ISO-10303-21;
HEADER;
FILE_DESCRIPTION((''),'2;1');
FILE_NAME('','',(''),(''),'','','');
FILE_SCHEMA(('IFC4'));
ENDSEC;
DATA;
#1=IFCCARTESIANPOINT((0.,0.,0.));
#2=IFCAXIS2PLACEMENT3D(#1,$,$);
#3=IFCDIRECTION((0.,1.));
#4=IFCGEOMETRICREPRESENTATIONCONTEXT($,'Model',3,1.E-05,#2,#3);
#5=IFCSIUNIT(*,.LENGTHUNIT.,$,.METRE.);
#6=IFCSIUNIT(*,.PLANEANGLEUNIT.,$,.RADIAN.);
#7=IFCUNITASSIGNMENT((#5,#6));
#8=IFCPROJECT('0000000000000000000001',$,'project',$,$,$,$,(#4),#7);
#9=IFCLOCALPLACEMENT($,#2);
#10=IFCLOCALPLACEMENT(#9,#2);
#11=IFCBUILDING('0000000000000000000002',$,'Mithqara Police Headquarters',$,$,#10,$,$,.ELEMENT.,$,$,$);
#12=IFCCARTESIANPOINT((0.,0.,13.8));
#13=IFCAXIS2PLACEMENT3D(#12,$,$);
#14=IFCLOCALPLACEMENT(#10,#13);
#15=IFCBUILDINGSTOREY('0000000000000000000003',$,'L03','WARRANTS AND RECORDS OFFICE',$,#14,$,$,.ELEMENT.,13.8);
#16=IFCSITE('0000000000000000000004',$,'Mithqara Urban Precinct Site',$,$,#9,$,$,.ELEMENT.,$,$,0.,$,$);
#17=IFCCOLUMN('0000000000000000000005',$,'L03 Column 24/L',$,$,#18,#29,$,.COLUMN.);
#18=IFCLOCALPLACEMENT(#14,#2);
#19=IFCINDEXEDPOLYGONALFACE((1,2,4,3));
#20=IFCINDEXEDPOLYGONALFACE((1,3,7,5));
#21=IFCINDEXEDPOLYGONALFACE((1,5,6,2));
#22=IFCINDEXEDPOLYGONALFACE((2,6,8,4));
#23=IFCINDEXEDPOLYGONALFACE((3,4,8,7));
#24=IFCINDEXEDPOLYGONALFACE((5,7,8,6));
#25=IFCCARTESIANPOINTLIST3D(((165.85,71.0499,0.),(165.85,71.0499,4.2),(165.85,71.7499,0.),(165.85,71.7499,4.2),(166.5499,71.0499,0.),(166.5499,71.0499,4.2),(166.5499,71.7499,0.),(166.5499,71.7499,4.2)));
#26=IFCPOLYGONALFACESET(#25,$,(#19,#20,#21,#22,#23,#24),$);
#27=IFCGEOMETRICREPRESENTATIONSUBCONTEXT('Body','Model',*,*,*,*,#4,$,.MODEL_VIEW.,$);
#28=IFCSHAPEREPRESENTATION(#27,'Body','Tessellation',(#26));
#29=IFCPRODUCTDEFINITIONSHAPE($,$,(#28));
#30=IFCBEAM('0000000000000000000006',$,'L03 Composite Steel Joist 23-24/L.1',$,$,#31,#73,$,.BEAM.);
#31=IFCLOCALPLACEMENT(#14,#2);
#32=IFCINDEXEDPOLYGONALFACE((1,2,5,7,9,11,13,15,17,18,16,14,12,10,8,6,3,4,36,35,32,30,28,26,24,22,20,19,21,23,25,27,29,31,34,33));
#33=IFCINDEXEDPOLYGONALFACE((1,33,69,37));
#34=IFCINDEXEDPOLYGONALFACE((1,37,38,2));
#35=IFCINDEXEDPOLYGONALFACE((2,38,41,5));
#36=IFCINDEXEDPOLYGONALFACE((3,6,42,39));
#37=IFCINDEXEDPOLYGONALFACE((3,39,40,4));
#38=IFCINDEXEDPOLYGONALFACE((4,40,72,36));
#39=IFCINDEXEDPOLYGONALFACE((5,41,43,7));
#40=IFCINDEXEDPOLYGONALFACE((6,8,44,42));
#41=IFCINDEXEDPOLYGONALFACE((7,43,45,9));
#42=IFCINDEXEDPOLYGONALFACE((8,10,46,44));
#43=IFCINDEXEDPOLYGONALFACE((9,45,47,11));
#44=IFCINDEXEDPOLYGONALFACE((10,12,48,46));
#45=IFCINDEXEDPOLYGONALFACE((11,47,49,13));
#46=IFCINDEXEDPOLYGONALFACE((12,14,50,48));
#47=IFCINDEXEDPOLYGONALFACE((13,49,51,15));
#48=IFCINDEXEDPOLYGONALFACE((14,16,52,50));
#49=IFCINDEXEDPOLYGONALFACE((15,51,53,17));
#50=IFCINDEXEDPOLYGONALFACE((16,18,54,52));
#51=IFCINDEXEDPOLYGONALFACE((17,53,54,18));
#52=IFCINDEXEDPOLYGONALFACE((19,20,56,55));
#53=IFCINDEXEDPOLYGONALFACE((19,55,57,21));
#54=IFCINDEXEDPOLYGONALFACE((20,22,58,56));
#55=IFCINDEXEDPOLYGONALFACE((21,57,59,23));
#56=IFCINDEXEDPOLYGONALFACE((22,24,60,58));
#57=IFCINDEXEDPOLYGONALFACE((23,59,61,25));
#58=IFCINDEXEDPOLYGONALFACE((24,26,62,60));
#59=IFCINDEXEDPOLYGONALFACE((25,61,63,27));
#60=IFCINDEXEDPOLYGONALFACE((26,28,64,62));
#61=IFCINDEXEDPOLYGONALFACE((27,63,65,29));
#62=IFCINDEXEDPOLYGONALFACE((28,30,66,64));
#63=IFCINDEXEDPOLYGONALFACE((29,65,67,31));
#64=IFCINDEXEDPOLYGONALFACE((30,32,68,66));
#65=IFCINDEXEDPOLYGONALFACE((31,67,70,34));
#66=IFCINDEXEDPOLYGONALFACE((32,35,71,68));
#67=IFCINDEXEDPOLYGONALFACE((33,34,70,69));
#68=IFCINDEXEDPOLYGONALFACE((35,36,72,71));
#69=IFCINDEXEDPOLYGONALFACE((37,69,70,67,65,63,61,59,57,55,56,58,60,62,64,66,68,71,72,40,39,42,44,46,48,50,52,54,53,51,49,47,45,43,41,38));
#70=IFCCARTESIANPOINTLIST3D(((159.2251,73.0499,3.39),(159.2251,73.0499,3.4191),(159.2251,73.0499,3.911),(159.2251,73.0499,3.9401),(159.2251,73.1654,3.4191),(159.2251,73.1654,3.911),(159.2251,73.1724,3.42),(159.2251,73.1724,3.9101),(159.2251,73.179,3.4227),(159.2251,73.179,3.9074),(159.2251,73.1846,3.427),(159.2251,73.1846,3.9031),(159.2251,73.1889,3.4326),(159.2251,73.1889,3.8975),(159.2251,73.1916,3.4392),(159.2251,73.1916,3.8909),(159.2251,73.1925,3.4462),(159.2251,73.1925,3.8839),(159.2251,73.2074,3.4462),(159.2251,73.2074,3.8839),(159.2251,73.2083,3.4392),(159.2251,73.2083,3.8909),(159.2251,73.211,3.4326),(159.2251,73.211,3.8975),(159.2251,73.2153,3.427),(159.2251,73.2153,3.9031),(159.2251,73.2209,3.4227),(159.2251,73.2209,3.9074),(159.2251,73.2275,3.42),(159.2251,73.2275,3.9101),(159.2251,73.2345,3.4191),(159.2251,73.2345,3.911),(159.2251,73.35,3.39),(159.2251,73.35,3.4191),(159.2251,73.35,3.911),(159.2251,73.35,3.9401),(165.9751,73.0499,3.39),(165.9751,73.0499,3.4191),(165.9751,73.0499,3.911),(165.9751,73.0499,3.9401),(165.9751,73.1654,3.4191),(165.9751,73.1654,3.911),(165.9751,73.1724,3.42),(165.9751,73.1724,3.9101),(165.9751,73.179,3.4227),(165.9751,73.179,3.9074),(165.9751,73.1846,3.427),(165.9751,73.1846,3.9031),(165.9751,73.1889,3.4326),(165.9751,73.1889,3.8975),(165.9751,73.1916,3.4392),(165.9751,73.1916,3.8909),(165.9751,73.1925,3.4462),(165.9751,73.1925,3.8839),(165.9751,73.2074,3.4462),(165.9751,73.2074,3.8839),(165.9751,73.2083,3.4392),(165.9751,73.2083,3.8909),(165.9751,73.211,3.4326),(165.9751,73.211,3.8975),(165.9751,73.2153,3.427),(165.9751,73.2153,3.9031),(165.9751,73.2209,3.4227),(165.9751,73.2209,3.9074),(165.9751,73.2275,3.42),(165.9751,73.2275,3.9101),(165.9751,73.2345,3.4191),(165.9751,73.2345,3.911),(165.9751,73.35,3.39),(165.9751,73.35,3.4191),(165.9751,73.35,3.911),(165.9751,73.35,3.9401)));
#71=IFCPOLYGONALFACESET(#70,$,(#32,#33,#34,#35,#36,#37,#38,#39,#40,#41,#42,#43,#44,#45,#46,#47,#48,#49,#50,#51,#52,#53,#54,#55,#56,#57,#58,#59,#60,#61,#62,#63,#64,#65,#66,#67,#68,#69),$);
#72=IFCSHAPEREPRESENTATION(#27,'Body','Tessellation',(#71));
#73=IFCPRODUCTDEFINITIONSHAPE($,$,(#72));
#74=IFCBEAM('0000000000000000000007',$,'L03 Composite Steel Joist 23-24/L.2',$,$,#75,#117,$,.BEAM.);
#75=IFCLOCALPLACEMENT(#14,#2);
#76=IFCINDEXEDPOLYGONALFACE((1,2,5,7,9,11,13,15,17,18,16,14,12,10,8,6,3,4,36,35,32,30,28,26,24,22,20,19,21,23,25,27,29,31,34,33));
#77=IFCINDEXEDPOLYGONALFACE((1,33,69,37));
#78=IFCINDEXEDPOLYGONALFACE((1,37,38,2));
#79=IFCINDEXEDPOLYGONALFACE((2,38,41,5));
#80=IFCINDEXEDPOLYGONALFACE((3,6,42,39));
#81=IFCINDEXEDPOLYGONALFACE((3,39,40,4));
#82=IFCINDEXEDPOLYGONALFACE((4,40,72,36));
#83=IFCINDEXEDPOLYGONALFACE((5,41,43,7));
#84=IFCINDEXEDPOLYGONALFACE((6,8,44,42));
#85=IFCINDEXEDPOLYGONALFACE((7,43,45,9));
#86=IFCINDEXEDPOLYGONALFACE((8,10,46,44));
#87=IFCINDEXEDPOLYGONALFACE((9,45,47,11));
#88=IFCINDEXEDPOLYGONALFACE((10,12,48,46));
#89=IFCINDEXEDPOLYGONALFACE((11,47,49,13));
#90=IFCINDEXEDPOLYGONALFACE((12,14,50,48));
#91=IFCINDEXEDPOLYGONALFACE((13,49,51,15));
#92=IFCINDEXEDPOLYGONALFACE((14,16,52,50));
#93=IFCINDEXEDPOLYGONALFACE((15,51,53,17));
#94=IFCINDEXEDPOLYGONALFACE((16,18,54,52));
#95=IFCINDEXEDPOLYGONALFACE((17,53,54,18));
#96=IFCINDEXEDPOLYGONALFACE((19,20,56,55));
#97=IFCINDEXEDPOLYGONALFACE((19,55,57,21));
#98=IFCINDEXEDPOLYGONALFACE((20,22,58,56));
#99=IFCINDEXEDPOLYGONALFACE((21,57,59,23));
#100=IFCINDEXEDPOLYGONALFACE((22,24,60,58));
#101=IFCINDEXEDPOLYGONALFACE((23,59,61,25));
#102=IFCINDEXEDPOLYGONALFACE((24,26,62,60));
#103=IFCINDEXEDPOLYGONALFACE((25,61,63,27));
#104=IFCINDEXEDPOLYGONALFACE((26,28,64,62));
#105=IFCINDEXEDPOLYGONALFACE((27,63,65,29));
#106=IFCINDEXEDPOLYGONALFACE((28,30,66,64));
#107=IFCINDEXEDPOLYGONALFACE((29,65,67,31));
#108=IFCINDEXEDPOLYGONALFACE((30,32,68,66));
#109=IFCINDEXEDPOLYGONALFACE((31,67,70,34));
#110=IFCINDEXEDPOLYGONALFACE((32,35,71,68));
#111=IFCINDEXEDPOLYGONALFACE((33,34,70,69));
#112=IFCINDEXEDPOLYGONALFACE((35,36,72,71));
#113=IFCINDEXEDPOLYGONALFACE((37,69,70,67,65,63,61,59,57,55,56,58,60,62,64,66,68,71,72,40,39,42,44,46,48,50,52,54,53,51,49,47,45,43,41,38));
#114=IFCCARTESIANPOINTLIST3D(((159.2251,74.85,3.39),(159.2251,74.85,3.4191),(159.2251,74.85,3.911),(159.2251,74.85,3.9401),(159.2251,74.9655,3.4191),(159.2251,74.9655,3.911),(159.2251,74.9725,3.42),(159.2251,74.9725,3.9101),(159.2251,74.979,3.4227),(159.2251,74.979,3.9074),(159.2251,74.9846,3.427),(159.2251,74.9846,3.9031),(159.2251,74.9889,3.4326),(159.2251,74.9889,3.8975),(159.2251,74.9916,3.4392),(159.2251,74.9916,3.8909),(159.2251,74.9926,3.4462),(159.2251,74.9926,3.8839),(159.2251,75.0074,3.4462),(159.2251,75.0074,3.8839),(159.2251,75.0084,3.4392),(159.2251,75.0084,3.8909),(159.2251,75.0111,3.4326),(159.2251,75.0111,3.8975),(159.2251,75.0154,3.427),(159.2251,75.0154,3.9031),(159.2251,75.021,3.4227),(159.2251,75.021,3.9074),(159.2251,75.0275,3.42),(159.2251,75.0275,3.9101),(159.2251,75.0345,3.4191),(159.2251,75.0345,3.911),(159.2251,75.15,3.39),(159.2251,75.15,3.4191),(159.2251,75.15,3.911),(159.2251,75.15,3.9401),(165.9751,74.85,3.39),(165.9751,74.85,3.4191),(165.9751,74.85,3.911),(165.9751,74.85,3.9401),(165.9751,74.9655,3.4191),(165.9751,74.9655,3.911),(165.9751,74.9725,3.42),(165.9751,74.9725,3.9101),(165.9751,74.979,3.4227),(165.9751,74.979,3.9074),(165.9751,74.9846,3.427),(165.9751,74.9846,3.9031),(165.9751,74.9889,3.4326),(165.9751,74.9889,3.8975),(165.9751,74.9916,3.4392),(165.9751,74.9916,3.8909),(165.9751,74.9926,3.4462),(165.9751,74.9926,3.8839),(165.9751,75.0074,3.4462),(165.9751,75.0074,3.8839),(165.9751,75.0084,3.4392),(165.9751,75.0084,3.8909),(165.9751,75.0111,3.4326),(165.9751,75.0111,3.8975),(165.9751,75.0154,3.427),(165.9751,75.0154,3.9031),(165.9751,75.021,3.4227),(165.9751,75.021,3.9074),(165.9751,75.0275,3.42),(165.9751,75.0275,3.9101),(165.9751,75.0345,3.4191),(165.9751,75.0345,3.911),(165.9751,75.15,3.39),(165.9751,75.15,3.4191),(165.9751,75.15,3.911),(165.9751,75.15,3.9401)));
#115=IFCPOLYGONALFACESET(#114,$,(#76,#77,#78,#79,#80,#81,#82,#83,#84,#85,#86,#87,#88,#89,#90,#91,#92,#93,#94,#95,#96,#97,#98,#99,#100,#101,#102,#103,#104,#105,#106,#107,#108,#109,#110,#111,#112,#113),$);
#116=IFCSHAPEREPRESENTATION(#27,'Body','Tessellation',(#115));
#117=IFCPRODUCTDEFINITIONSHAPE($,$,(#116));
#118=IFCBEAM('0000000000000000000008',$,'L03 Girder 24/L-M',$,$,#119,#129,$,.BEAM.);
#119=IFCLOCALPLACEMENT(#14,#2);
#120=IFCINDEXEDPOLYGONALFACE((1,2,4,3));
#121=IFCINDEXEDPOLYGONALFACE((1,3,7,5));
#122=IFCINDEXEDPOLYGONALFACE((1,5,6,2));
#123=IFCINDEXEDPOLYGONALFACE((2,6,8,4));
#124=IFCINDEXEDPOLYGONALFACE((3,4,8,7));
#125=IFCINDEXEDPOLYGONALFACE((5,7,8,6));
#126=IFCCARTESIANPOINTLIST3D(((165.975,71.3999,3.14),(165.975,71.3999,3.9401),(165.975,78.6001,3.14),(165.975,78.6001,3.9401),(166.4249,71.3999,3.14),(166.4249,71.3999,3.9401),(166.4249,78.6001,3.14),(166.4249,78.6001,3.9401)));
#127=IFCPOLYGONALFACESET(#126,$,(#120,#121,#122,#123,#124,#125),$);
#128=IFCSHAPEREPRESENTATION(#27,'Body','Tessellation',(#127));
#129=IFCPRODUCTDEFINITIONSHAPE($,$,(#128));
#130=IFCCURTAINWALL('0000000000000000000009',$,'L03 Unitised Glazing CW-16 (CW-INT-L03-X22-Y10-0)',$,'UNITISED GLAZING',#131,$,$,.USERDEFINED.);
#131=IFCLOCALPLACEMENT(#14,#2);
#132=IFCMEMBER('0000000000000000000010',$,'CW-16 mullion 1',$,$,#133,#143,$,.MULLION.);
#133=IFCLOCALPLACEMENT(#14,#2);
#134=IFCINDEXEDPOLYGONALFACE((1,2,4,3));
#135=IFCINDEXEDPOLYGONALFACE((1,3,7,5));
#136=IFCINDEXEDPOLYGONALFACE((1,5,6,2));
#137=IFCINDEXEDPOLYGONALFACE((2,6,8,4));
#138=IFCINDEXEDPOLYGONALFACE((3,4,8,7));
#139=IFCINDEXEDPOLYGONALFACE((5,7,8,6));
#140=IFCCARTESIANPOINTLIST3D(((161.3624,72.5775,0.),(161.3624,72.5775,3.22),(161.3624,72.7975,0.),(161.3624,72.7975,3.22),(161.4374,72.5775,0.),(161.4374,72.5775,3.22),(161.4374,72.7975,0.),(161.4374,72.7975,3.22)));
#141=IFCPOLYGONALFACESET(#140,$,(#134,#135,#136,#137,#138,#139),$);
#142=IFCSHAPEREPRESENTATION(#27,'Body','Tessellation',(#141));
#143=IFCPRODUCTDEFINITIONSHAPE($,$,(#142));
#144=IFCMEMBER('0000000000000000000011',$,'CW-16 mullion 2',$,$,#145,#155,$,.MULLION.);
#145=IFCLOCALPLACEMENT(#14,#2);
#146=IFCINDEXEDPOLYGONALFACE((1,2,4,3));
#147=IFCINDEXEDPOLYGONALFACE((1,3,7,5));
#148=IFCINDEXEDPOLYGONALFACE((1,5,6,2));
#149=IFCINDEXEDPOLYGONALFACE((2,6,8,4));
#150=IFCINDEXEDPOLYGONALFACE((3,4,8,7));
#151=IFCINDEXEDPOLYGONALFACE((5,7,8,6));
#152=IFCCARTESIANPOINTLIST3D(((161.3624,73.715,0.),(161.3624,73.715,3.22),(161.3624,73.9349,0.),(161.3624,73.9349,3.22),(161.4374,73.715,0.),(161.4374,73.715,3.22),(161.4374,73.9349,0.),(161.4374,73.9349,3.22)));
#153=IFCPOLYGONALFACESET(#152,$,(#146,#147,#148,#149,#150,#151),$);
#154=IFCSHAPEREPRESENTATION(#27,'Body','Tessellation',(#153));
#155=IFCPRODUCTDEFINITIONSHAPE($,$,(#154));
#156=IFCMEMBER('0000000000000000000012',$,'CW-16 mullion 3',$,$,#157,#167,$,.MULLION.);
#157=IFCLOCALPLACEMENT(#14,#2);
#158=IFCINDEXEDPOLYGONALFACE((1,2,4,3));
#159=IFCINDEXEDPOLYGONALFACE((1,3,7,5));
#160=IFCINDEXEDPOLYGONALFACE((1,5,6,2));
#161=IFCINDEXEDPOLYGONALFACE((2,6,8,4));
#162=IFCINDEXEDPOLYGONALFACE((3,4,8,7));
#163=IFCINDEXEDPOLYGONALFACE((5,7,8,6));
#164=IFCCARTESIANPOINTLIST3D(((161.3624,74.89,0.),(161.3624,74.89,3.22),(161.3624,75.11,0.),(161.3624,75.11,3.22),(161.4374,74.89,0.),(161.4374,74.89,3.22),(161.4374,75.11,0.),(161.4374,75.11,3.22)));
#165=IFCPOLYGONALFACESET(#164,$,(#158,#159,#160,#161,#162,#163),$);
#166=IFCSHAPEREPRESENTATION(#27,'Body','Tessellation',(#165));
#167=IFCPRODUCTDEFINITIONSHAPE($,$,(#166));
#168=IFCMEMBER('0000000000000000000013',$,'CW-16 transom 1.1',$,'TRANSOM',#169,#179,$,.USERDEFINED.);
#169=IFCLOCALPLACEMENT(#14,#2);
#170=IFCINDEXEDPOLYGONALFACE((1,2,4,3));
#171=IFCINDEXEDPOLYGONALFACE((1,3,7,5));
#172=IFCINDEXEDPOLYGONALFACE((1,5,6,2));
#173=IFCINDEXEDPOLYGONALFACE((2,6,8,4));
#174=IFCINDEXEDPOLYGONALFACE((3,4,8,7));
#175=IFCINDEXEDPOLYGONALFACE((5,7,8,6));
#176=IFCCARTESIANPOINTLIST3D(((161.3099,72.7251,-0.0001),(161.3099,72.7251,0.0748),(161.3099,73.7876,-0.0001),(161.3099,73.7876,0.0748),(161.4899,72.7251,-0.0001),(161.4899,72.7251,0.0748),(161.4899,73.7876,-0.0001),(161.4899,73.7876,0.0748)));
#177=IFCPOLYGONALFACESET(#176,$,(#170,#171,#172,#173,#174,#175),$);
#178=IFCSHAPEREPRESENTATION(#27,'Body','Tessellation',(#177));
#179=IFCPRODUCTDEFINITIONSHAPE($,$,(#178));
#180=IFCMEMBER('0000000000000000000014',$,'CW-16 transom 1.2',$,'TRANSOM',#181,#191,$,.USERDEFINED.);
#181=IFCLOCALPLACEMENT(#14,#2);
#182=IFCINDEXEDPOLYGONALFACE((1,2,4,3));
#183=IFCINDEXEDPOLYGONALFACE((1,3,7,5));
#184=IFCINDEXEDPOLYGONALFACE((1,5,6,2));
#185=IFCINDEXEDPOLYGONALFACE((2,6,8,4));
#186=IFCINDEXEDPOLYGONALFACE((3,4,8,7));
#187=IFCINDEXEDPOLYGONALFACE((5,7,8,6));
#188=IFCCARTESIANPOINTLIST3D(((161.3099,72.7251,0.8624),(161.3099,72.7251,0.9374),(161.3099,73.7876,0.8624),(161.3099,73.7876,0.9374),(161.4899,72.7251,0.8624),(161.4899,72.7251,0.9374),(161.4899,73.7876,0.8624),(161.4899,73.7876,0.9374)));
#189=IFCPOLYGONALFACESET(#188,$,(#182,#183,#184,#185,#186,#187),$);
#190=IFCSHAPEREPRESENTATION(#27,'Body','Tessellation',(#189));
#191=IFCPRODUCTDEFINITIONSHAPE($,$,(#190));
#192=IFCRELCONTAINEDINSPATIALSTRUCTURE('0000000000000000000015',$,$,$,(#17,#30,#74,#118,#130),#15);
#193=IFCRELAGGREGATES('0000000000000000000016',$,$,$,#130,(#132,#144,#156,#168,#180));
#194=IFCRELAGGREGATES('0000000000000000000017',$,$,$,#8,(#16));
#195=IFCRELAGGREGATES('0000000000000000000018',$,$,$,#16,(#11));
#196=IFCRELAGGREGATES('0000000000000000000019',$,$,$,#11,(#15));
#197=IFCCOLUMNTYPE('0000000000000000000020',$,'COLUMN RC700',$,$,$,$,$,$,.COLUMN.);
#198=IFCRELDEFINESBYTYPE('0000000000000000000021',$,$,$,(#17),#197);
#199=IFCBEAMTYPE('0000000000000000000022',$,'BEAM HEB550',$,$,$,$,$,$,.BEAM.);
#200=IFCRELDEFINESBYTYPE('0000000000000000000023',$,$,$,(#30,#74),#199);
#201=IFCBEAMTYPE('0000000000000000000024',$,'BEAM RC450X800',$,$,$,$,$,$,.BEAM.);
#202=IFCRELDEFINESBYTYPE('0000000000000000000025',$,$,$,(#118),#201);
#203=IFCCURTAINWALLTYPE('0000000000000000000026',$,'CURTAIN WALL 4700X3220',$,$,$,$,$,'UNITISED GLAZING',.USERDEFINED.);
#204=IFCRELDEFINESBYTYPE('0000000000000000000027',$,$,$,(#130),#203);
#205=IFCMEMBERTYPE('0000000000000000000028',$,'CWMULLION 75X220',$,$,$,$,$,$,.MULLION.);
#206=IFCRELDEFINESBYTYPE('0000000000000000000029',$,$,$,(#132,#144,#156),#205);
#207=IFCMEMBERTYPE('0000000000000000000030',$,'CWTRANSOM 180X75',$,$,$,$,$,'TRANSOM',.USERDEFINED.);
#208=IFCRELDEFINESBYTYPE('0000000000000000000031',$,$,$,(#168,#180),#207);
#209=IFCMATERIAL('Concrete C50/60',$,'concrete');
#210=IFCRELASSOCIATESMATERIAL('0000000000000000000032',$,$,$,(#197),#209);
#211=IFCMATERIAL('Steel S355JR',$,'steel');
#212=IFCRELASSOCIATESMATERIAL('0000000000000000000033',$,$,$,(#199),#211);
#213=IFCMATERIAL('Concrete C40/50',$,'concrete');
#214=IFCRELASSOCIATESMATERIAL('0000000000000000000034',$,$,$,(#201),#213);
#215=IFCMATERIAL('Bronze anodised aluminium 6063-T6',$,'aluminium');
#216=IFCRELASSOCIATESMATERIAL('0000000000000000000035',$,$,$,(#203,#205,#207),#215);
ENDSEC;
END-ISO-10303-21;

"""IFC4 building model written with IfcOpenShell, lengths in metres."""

from ifc_helpers import new_model, si_unit, direction, frame, origin, origin_2d, place, context, subcontext, project, spatial, rectangle, i_section, extrude, material, material_profile, profile_set, type_object, element, aggregate, save


model = new_model("IFC4")

# Units and contexts
model_context = context("Model", 3, precision=1e-05, world=origin(), true_north=direction((0.0, 1.0)))
body_context = subcontext(model_context, "Body", "Model", "MODEL_VIEW")
ifc_project = project(units=[si_unit("LENGTHUNIT", "METRE"), si_unit("PLANEANGLEUNIT", "RADIAN")], contexts=[model_context])

# Site, building, storey
site_placement = place(None, origin())
site = spatial("IfcSite", under=ifc_project, at=site_placement, Name="Mithqara Urban Precinct Site", CompositionType="ELEMENT", RefElevation=0.0)
building_placement = place(site_placement, origin())
building = spatial("IfcBuilding", under=site, at=building_placement, Name="Mithqara Police Headquarters", CompositionType="ELEMENT")
storey_placement = place(building_placement, frame((0.0, 0.0, 13.8)))
storey = spatial("IfcBuildingStorey", under=building, at=storey_placement, Name="L03", Description="WARRANTS AND RECORDS OFFICE", CompositionType="ELEMENT", Elevation=13.8)

# Column
ifc_material_1 = material(Name="Concrete C50/60", Category="concrete")
ifc_material_profile_1 = material_profile(ifc_material_1, rectangle(XDim=0.7, YDim=0.7, at=origin_2d()), Name="RC 700x700")
ifc_profile_set_1 = profile_set([ifc_material_profile_1], Name="Concrete C50/60")
column_type = type_object("IfcColumnType", Name="COLUMN RC700", PredefinedType="COLUMN", material=ifc_profile_set_1)
column_placement = place(storey_placement, frame((166.2, 71.3999, 0.0), z_axis=(0.0, 0.0, 1.0), x_axis=(1.0, 0.0, 0.0)))
element("IfcColumn", 1, at=column_placement, inside=storey, type_object=column_type, Name="L03 Column 24/L", PredefinedType="COLUMN", context=body_context, shape_type="SweptSolid", body=[
    extrude(rectangle(XDim=0.7, YDim=0.7, at=origin_2d()), origin(), (0.0, 0.0, 1.0), 4.2),
])

# Beams
ifc_material_2 = material(Name="Steel S355JR", Category="steel")
ifc_material_profile_2 = material_profile(ifc_material_2, i_section(OverallWidth=0.3, OverallDepth=0.55, WebThickness=0.0149, FlangeThickness=0.0291, FilletRadius=0.0271, at=origin_2d()), Name="HEB 550")
ifc_profile_set_2 = profile_set([ifc_material_profile_2], Name="Steel S355JR")
beam_type_1 = type_object("IfcBeamType", Name="BEAM HEB550", PredefinedType="BEAM", material=ifc_profile_set_2)
for number, where, z_axis, x_axis, name in (
    (2, (159.2251, 73.2, 3.665), (1.0, 0.0, 0.0), (0.0, 1.0, 0.0), "L03 Composite Steel Joist 23-24/L.1"),
    (3, (159.2251, 75.0, 3.665), (1.0, 0.0, 0.0), (0.0, 1.0, 0.0), "L03 Composite Steel Joist 23-24/L.2"),
):
    element("IfcBeam", number, at=place(storey_placement, frame(where, z_axis=z_axis, x_axis=x_axis)), inside=storey, type_object=beam_type_1, Name=name, PredefinedType="BEAM", context=body_context, shape_type="SweptSolid", body=[
        extrude(i_section(OverallWidth=0.3, OverallDepth=0.55, WebThickness=0.0149, FlangeThickness=0.0291, FilletRadius=0.0271, at=origin_2d()), origin(), (0.0, 0.0, 1.0), 6.75),
    ])
ifc_material_3 = material(Name="Concrete C40/50", Category="concrete")
ifc_material_profile_3 = material_profile(ifc_material_3, rectangle(XDim=0.45, YDim=0.8, at=origin_2d()), Name="RC 450x800")
ifc_profile_set_3 = profile_set([ifc_material_profile_3], Name="Concrete C40/50")
beam_type_2 = type_object("IfcBeamType", Name="BEAM RC450X800", PredefinedType="BEAM", material=ifc_profile_set_3)
beam_placement = place(storey_placement, frame((166.2, 71.3999, 3.54), z_axis=(0.0, 1.0, 0.0), x_axis=(-1.0, 0.0, 0.0)))
element("IfcBeam", 4, at=beam_placement, inside=storey, type_object=beam_type_2, Name="L03 Girder 24/L-M", PredefinedType="BEAM", context=body_context, shape_type="SweptSolid", body=[
    extrude(rectangle(XDim=0.45, YDim=0.8, at=origin_2d()), origin(), (0.0, 0.0, 1.0), 7.2002),
])

# Curtain wall, members
ifc_material_4 = material(Name="Bronze anodised aluminium 6063-T6", Category="aluminium")
curtain_wall_type = type_object("IfcCurtainWallType", Name="CURTAIN WALL 4700X3220", ElementType="UNITISED GLAZING", PredefinedType="USERDEFINED", material=ifc_material_4)
curtain_wall_placement = place(storey_placement, origin())
curtain_wall = element("IfcCurtainWall", 5, at=curtain_wall_placement, inside=storey, type_object=curtain_wall_type, Name="L03 Unitised Glazing CW-16 (CW-INT-L03-X22-Y10-0)", ObjectType="UNITISED GLAZING", PredefinedType="USERDEFINED")
ifc_material_profile_4 = material_profile(ifc_material_4, rectangle(XDim=0.075, YDim=0.22, at=origin_2d()), Name="CWM 75x220")
ifc_profile_set_4 = profile_set([ifc_material_profile_4], Name="Bronze anodised aluminium 6063-T6")
member_type_1 = type_object("IfcMemberType", Name="CWMULLION 75X220", PredefinedType="MULLION", material=ifc_profile_set_4)
member_1_placement = place(storey_placement, frame((161.3999, 72.6875, 0.0), z_axis=(0.0, 0.0, 1.0), x_axis=(-1.0, 0.0, 0.0)))
member_1 = element("IfcMember", 6, at=member_1_placement, type_object=member_type_1, Name="CW-16 mullion 1", PredefinedType="MULLION", context=body_context, shape_type="SweptSolid", body=[
    extrude(rectangle(XDim=0.075, YDim=0.22, at=origin_2d()), origin(), (0.0, 0.0, 1.0), 3.22),
])
member_2_placement = place(storey_placement, frame((161.3999, 73.825, 0.0), z_axis=(0.0, 0.0, 1.0), x_axis=(-1.0, 0.0, 0.0)))
member_2 = element("IfcMember", 7, at=member_2_placement, type_object=member_type_1, Name="CW-16 mullion 2", PredefinedType="MULLION", context=body_context, shape_type="SweptSolid", body=[
    extrude(rectangle(XDim=0.075, YDim=0.22, at=origin_2d()), origin(), (0.0, 0.0, 1.0), 3.22),
])
member_3_placement = place(storey_placement, frame((161.3999, 75.0, 0.0), z_axis=(0.0, 0.0, 1.0), x_axis=(-1.0, 0.0, 0.0)))
member_3 = element("IfcMember", 8, at=member_3_placement, type_object=member_type_1, Name="CW-16 mullion 3", PredefinedType="MULLION", context=body_context, shape_type="SweptSolid", body=[
    extrude(rectangle(XDim=0.075, YDim=0.22, at=origin_2d()), origin(), (0.0, 0.0, 1.0), 3.22),
])
ifc_material_profile_5 = material_profile(ifc_material_4, rectangle(XDim=0.1799, YDim=0.075, at=origin_2d()), Name="CWT 180x75")
ifc_profile_set_5 = profile_set([ifc_material_profile_5], Name="Bronze anodised aluminium 6063-T6")
member_type_2 = type_object("IfcMemberType", Name="CWTRANSOM 180X75", ElementType="TRANSOM", PredefinedType="USERDEFINED", material=ifc_profile_set_5)
member_4_placement = place(storey_placement, frame((161.3999, 72.7251, 0.0374), z_axis=(0.0, 1.0, 0.0), x_axis=(-1.0, 0.0, 0.0)))
member_4 = element("IfcMember", 9, at=member_4_placement, type_object=member_type_2, Name="CW-16 transom 1.1", ObjectType="TRANSOM", PredefinedType="USERDEFINED", context=body_context, shape_type="SweptSolid", body=[
    extrude(rectangle(XDim=0.1799, YDim=0.075, at=origin_2d()), origin(), (0.0, 0.0, 1.0), 1.0625),
])
member_5_placement = place(storey_placement, frame((161.3999, 72.7251, 0.8999), z_axis=(0.0, 1.0, 0.0), x_axis=(-1.0, 0.0, 0.0)))
member_5 = element("IfcMember", 10, at=member_5_placement, type_object=member_type_2, Name="CW-16 transom 1.2", ObjectType="TRANSOM", PredefinedType="USERDEFINED", context=body_context, shape_type="SweptSolid", body=[
    extrude(rectangle(XDim=0.1799, YDim=0.075, at=origin_2d()), origin(), (0.0, 0.0, 1.0), 1.0625),
])
aggregate(curtain_wall, [member_1, member_2, member_3, member_4, member_5])

save(model, "model.ifc")
